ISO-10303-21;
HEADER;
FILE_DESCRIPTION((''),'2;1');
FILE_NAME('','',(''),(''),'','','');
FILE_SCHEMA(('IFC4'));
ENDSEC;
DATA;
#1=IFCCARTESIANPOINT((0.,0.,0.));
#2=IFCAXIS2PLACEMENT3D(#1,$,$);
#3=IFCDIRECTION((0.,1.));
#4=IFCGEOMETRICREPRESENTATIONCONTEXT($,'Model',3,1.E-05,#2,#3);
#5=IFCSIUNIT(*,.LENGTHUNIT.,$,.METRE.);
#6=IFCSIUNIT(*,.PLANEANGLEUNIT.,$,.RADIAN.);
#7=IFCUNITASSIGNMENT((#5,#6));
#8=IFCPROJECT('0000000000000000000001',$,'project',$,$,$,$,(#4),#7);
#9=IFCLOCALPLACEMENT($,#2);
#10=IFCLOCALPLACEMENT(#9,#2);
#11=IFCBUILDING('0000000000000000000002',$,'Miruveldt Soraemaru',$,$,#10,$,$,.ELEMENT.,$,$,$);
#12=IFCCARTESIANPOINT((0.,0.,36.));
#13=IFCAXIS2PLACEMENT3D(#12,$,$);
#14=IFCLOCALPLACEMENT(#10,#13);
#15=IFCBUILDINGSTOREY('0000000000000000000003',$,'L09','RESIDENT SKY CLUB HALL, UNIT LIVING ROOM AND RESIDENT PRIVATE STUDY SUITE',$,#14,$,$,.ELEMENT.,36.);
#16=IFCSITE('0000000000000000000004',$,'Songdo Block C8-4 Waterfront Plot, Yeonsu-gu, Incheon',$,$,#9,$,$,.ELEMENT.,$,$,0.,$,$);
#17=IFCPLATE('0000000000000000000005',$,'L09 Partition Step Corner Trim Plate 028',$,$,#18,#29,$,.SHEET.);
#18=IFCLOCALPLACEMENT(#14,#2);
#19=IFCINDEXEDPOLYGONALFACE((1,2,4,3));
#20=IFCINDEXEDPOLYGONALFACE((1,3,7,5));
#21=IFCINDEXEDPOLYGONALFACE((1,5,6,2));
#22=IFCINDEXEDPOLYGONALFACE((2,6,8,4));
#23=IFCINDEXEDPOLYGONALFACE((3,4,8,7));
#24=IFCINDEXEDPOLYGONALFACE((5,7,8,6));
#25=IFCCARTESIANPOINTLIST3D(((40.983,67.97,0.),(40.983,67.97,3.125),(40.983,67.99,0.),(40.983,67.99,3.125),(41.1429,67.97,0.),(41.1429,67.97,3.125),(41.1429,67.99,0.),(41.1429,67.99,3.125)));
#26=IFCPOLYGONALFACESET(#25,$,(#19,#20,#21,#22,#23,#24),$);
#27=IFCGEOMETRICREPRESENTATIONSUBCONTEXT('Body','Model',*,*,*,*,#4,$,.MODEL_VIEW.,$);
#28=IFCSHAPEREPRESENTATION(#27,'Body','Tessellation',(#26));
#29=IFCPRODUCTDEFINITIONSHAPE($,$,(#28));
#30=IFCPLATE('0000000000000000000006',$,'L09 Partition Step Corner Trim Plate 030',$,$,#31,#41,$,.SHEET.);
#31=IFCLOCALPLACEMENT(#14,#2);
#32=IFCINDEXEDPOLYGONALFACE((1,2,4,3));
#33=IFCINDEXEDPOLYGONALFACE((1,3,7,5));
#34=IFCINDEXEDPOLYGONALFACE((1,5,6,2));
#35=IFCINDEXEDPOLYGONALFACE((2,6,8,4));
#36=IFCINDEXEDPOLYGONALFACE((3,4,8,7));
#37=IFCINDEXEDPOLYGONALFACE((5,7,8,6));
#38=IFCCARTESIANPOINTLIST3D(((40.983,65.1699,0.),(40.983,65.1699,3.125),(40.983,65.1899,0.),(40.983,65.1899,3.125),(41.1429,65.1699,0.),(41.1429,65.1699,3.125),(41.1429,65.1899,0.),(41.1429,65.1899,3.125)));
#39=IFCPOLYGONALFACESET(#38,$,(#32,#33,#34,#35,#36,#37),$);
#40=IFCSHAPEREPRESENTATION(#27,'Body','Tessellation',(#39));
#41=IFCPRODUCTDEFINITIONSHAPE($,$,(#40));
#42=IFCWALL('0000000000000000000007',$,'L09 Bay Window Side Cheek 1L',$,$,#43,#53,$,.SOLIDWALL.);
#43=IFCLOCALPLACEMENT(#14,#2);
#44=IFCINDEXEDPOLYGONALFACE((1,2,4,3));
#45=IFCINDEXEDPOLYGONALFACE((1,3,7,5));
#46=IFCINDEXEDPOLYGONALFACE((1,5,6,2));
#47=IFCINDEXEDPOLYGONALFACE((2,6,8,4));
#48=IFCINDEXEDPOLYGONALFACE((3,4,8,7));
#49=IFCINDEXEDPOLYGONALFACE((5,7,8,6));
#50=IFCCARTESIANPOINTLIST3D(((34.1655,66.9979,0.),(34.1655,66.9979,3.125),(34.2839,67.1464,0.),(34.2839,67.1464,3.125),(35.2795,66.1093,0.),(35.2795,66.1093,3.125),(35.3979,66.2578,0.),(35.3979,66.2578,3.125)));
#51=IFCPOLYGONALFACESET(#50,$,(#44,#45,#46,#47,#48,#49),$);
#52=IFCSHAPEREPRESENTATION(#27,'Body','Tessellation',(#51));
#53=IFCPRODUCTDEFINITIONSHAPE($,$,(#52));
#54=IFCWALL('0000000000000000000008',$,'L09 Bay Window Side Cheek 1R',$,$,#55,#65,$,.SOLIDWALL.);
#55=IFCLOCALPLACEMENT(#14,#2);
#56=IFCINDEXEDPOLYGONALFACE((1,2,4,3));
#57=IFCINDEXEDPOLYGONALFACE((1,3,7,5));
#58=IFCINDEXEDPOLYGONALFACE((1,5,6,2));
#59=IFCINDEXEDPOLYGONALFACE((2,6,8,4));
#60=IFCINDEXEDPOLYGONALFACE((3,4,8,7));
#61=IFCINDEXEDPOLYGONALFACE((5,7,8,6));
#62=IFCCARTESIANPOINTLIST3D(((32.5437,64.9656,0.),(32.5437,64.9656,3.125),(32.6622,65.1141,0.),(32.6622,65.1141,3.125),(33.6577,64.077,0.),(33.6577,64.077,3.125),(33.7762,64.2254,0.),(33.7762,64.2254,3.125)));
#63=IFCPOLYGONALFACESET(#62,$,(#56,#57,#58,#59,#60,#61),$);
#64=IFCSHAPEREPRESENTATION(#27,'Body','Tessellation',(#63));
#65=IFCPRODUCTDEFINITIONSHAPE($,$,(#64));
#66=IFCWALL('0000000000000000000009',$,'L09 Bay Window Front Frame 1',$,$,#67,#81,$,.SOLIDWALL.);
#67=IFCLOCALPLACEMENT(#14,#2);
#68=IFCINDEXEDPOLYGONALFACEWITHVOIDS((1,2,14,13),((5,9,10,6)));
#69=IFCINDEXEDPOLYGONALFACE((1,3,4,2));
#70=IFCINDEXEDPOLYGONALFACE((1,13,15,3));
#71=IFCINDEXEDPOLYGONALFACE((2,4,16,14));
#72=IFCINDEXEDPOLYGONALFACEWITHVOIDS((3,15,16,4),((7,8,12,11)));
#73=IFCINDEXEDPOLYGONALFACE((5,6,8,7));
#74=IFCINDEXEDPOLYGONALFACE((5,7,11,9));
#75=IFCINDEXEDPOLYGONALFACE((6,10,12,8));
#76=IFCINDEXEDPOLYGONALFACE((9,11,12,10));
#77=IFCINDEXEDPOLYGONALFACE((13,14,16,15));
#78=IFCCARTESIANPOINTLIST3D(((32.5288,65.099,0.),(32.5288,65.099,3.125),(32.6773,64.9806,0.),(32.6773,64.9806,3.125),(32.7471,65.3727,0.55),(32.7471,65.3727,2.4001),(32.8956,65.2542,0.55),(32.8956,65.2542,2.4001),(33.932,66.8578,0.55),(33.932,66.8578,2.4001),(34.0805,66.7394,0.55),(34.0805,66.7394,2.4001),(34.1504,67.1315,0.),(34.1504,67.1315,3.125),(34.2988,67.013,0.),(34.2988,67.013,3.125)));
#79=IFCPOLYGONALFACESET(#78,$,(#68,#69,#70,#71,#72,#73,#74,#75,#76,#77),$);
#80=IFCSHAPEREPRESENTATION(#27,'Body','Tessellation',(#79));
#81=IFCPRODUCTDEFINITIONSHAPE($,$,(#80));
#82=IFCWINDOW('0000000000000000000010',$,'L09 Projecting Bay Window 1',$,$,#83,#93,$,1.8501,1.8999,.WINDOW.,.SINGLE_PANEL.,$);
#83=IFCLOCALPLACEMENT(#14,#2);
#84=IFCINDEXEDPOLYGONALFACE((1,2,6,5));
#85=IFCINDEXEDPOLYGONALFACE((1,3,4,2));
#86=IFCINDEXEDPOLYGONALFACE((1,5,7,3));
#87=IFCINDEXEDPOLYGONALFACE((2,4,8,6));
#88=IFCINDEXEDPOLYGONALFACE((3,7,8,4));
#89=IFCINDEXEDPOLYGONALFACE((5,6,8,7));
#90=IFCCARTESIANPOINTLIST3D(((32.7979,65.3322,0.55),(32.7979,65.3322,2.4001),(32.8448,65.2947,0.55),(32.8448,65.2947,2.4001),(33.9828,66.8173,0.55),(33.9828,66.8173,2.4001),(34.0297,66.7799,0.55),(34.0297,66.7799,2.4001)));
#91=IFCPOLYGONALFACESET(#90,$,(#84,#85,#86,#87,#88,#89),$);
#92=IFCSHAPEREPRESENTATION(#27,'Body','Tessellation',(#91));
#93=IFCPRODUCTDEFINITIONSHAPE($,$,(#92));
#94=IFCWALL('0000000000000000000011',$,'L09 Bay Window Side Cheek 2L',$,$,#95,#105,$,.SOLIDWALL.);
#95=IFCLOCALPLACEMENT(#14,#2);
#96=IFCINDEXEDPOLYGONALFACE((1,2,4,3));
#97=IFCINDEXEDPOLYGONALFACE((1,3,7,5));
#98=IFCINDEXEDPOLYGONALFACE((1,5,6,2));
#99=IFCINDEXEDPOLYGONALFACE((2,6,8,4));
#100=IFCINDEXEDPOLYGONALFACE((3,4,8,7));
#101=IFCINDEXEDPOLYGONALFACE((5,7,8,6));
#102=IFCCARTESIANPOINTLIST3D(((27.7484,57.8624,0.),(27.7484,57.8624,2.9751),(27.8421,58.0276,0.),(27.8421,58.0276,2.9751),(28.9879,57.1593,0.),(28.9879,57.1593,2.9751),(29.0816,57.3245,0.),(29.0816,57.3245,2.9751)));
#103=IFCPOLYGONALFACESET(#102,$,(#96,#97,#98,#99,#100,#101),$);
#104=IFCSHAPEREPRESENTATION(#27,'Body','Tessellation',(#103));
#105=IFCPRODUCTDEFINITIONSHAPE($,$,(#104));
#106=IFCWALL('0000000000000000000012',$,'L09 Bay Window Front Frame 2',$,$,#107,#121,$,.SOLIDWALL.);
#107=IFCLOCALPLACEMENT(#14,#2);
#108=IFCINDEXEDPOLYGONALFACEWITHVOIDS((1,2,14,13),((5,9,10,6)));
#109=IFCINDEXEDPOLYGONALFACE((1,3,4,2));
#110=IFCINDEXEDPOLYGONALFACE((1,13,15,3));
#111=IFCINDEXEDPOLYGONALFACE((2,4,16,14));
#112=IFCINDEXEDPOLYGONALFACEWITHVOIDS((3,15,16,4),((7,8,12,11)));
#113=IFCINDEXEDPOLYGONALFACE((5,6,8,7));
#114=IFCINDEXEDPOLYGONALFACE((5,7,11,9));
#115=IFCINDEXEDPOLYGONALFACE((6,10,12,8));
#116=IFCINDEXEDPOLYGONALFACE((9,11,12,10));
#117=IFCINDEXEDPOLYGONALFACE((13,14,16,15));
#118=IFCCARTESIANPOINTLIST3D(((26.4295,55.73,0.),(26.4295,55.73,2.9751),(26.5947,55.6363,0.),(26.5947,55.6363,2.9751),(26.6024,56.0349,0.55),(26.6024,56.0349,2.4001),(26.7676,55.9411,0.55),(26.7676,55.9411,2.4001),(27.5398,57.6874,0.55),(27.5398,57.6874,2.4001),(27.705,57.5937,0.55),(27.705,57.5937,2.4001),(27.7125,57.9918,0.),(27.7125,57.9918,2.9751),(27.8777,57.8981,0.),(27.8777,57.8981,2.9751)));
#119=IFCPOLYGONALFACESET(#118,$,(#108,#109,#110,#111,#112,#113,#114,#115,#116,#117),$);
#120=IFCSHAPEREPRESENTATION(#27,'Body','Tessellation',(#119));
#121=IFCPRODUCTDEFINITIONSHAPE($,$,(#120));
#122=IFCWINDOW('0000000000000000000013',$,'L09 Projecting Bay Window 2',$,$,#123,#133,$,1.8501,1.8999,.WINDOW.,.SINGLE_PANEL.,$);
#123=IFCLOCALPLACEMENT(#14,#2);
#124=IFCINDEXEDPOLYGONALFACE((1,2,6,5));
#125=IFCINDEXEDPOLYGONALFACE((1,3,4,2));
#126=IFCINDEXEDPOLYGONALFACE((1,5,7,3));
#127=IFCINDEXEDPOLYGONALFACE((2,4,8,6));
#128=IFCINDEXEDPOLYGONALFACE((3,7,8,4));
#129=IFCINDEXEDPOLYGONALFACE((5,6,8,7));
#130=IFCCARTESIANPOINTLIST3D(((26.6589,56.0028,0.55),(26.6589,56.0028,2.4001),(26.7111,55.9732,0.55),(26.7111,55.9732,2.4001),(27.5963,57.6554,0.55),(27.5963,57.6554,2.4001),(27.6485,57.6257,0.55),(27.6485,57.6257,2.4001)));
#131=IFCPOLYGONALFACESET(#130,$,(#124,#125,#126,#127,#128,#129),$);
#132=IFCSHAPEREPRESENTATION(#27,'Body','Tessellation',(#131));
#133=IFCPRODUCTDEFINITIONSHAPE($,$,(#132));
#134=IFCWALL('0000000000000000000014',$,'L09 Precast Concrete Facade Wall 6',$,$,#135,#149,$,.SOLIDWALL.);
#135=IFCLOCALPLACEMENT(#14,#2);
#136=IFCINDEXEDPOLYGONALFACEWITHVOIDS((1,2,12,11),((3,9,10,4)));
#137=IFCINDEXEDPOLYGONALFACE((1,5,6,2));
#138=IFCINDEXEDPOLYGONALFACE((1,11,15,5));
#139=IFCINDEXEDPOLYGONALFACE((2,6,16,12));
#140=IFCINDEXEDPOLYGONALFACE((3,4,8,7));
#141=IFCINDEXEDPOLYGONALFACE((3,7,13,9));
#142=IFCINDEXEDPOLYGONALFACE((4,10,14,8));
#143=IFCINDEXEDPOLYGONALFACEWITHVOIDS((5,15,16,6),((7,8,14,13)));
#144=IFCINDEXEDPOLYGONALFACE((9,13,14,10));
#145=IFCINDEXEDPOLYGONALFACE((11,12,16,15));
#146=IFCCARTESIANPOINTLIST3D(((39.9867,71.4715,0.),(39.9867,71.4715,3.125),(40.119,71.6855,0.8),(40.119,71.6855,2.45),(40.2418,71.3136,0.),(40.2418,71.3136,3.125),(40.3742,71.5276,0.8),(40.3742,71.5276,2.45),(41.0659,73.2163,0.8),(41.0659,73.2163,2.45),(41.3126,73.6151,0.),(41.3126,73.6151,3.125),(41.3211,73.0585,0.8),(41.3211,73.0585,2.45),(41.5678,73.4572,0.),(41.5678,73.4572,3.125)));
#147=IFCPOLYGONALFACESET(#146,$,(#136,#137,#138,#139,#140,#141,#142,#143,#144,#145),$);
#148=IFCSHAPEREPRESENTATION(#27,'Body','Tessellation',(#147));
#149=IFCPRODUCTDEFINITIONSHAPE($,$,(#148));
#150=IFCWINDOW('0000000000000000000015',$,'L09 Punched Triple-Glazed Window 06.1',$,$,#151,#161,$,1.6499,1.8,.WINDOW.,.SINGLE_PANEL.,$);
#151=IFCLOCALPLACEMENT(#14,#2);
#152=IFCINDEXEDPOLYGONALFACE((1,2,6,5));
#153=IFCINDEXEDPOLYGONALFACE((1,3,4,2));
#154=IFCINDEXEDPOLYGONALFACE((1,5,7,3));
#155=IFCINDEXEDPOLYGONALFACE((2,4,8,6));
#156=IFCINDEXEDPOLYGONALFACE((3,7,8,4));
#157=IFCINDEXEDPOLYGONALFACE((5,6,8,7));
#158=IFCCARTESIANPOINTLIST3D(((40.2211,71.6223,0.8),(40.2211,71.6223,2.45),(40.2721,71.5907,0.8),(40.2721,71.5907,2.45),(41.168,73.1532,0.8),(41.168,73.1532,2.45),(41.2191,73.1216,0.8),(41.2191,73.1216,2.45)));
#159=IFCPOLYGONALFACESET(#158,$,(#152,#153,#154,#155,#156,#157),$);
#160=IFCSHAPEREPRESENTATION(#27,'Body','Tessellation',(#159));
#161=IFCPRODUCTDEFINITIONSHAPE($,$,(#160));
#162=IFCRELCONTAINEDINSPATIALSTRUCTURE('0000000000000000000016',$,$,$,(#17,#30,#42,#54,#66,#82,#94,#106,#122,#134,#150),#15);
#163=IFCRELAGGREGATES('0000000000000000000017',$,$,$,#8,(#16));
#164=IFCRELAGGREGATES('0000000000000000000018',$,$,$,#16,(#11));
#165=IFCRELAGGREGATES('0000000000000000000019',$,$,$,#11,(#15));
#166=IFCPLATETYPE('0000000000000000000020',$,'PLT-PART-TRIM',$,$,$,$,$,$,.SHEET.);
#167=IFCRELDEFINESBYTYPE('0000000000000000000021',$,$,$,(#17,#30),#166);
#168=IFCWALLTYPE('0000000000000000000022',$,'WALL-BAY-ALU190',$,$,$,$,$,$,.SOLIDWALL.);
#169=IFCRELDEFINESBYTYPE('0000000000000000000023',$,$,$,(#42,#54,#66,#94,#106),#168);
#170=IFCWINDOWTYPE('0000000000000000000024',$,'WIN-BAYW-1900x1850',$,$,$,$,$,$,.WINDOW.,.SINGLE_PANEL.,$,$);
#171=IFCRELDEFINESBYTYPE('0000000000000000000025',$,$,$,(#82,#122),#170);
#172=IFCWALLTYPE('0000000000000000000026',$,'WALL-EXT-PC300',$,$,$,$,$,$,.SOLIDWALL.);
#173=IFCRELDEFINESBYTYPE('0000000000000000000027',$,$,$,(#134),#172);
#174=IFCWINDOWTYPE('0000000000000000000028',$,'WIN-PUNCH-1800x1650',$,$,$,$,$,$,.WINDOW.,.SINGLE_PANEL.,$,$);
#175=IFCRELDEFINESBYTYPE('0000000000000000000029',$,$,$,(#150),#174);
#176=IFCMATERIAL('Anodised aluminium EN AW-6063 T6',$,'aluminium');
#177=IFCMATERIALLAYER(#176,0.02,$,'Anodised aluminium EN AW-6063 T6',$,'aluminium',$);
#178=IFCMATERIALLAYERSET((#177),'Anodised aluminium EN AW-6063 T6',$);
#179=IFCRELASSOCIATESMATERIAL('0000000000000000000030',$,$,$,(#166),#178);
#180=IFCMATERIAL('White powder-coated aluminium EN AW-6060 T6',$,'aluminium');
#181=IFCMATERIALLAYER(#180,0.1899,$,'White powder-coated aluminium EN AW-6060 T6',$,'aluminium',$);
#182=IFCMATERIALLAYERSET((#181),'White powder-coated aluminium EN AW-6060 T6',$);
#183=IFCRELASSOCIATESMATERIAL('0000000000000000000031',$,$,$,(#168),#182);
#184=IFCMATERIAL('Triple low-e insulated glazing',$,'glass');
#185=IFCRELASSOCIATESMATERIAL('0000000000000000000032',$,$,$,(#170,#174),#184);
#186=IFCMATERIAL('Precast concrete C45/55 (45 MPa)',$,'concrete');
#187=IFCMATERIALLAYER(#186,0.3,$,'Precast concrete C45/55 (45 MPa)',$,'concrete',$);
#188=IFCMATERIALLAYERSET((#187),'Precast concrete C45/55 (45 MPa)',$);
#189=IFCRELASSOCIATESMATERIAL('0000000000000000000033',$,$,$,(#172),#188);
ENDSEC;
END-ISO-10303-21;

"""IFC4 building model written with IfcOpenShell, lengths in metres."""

from ifc_helpers import new_model, si_unit, direction, frame, frame_2d, origin, origin_2d, place, context, subcontext, project, spatial, rectangle, extrude, material, layer, layer_set, type_object, element, fill, save


model = new_model("IFC4")

# Units and contexts
model_context = context("Model", 3, precision=1e-05, world=origin(), true_north=direction((0.0, 1.0)))
body_context = subcontext(model_context, "Body", "Model", "MODEL_VIEW")
ifc_project = project(units=[si_unit("LENGTHUNIT", "METRE"), si_unit("PLANEANGLEUNIT", "RADIAN")], contexts=[model_context])

# Site, building, storey
site_placement = place(None, origin())
site = spatial("IfcSite", under=ifc_project, at=site_placement, Name="Songdo Block C8-4 Waterfront Plot, Yeonsu-gu, Incheon", CompositionType="ELEMENT", RefElevation=0.0)
building_placement = place(site_placement, origin())
building = spatial("IfcBuilding", under=site, at=building_placement, Name="Miruveldt Soraemaru", CompositionType="ELEMENT")
storey_placement = place(building_placement, frame((0.0, 0.0, 36.0)))
storey = spatial("IfcBuildingStorey", under=building, at=storey_placement, Name="L09", Description="RESIDENT SKY CLUB HALL, UNIT LIVING ROOM AND RESIDENT PRIVATE STUDY SUITE", CompositionType="ELEMENT", Elevation=36.0)

# Plates
ifc_material_1 = material(Name="Anodised aluminium EN AW-6063 T6", Category="aluminium")
ifc_layer_1 = layer(ifc_material_1, 0.02, Name="Anodised aluminium EN AW-6063 T6", Category="aluminium")
ifc_layer_set_1 = layer_set([ifc_layer_1], Name="Anodised aluminium EN AW-6063 T6")
plate_type = type_object("IfcPlateType", Name="PLT-PART-TRIM", PredefinedType="SHEET", material=ifc_layer_set_1)
for number, where, z_axis, x_axis, name in (
    (1, (41.063, 67.98, 0.0), (0.0, 0.0, 1.0), (-1.0, 0.0, 0.0), "L09 Partition Step Corner Trim Plate 028"),
    (2, (41.063, 65.1799, 0.0), (0.0, 0.0, 1.0), (1.0, 0.0, 0.0), "L09 Partition Step Corner Trim Plate 030"),
):
    element("IfcPlate", number, at=place(storey_placement, frame(where, z_axis=z_axis, x_axis=x_axis)), inside=storey, type_object=plate_type, Name=name, PredefinedType="SHEET", context=body_context, shape_type="SweptSolid", body=[
        extrude(rectangle(XDim=0.1599, YDim=0.02, at=origin_2d()), origin(), (0.0, 0.0, 1.0), 3.125),
    ])

# Walls
ifc_material_2 = material(Name="White powder-coated aluminium EN AW-6060 T6", Category="aluminium")
ifc_layer_2 = layer(ifc_material_2, 0.1899, Name="White powder-coated aluminium EN AW-6060 T6", Category="aluminium")
ifc_layer_set_2 = layer_set([ifc_layer_2], Name="White powder-coated aluminium EN AW-6060 T6")
wall_type_1 = type_object("IfcWallType", Name="WALL-BAY-ALU190", PredefinedType="SOLIDWALL", material=ifc_layer_set_2)
for number, where, z_axis, x_axis, name in (
    (3, (35.3386, 66.1836, 0.0), (0.0, 0.0, 1.0), (-0.781737, 0.623608, 0.0), "L09 Bay Window Side Cheek 1L"),
    (4, (32.603, 65.0398, 0.0), (0.0, 0.0, 1.0), (0.781737, -0.623608, 0.0), "L09 Bay Window Side Cheek 1R"),
):
    element("IfcWall", number, at=place(storey_placement, frame(where, z_axis=z_axis, x_axis=x_axis)), inside=storey, type_object=wall_type_1, Name=name, PredefinedType="SOLIDWALL", context=body_context, shape_type="SweptSolid", body=[
        extrude(rectangle(XDim=1.425, YDim=0.1899, at=frame_2d((0.7124, 0.0))), origin(), (0.0, 0.0, 1.0), 3.125),
    ])

# Wall, opening, window
wall_1_placement = place(storey_placement, frame((34.2246, 67.0723, 0.0), z_axis=(0.0, 0.0, 1.0), x_axis=(-0.623664, -0.781693, 0.0)))
wall_1 = element("IfcWall", 5, at=wall_1_placement, inside=storey, type_object=wall_type_1, Name="L09 Bay Window Front Frame 1", PredefinedType="SOLIDWALL", context=body_context, shape_type="SweptSolid", body=[
    extrude(rectangle(XDim=2.6001, YDim=0.1899, at=frame_2d((1.3, 0.0))), origin(), (0.0, 0.0, 1.0), 3.125),
])
opening_1_placement = place(wall_1_placement, frame((0.3501, 0.0, 0.55)))
opening_1 = element("IfcOpeningElement", 6, at=opening_1_placement, cuts=wall_1, PredefinedType="OPENING", context=body_context, shape_type="SweptSolid", body=[
    extrude(rectangle(XDim=1.8999, YDim=1.8501, at=frame_2d((0.95, 0.925))), frame((0.0, 0.105, 0.0), z_axis=(0.0, -1.0, 0.0), x_axis=(1.0, 0.0, 0.0)), (0.0, 0.0, 1.0), 0.21),
])
ifc_material_3 = material(Name="Triple low-e insulated glazing", Category="glass")
window_type_1 = type_object("IfcWindowType", Name="WIN-BAYW-1900x1850", PartitioningType="SINGLE_PANEL", PredefinedType="WINDOW", material=ifc_material_3)
window_1_placement = place(opening_1_placement, origin())
window_1 = element("IfcWindow", 7, at=window_1_placement, inside=storey, type_object=window_type_1, Name="L09 Projecting Bay Window 1", OverallHeight=1.8501, OverallWidth=1.8999, PartitioningType="SINGLE_PANEL", PredefinedType="WINDOW", context=body_context, shape_type="SweptSolid", body=[
    extrude(rectangle(XDim=1.8999, YDim=1.8501, at=frame_2d((0.95, 0.925))), frame((0.0, 0.03, 0.0), z_axis=(0.0, -1.0, 0.0), x_axis=(1.0, 0.0, 0.0)), (0.0, 0.0, 1.0), 0.0601),
])
fill(opening_1, window_1)

# Wall
wall_2_placement = place(storey_placement, frame((29.0347, 57.2419, 0.0), z_axis=(0.0, 0.0, 1.0), x_axis=(-0.869799, 0.493406, 0.0)))
element("IfcWall", 8, at=wall_2_placement, inside=storey, type_object=wall_type_1, Name="L09 Bay Window Side Cheek 2L", PredefinedType="SOLIDWALL", context=body_context, shape_type="SweptSolid", body=[
    extrude(rectangle(XDim=1.425, YDim=0.1899, at=frame_2d((0.7124, 0.0))), origin(), (0.0, 0.0, 1.0), 2.9751),
])

# Walls, openings, windows
wall_3_placement = place(storey_placement, frame((27.7952, 57.9451, 0.0), z_axis=(0.0, 0.0, 1.0), x_axis=(-0.493396, -0.869805, 0.0)))
wall_3 = element("IfcWall", 9, at=wall_3_placement, inside=storey, type_object=wall_type_1, Name="L09 Bay Window Front Frame 2", PredefinedType="SOLIDWALL", context=body_context, shape_type="SweptSolid", body=[
    extrude(rectangle(XDim=2.6003, YDim=0.1899, at=frame_2d((1.3003, 0.0))), origin(), (0.0, 0.0, 1.0), 2.9751),
])
opening_2_placement = place(wall_3_placement, frame((0.3501, 0.0, 0.55)))
opening_2 = element("IfcOpeningElement", 10, at=opening_2_placement, cuts=wall_3, PredefinedType="OPENING", context=body_context, shape_type="SweptSolid", body=[
    extrude(rectangle(XDim=1.8999, YDim=1.8501, at=frame_2d((0.95, 0.925))), frame((0.0, 0.105, 0.0), z_axis=(0.0, -1.0, 0.0), x_axis=(1.0, 0.0, 0.0)), (0.0, 0.0, 1.0), 0.21),
])
window_2_placement = place(opening_2_placement, origin())
window_2 = element("IfcWindow", 11, at=window_2_placement, inside=storey, type_object=window_type_1, Name="L09 Projecting Bay Window 2", OverallHeight=1.8501, OverallWidth=1.8999, PartitioningType="SINGLE_PANEL", PredefinedType="WINDOW", context=body_context, shape_type="SweptSolid", body=[
    extrude(rectangle(XDim=1.8999, YDim=1.8501, at=frame_2d((0.95, 0.925))), frame((0.0, 0.03, 0.0), z_axis=(0.0, -1.0, 0.0), x_axis=(1.0, 0.0, 0.0)), (0.0, 0.0, 1.0), 0.0601),
])
fill(opening_2, window_2)
ifc_material_4 = material(Name="Precast concrete C45/55 (45 MPa)", Category="concrete")
ifc_layer_3 = layer(ifc_material_4, 0.3, Name="Precast concrete C45/55 (45 MPa)", Category="concrete")
ifc_layer_set_3 = layer_set([ifc_layer_3], Name="Precast concrete C45/55 (45 MPa)")
wall_type_2 = type_object("IfcWallType", Name="WALL-EXT-PC300", PredefinedType="SOLIDWALL", material=ifc_layer_set_3)
wall_4_placement = place(storey_placement, frame((41.4402, 73.5361, 0.0), z_axis=(0.0, 0.0, 1.0), x_axis=(-0.526058, -0.850449, 0.0)))
wall_4 = element("IfcWall", 12, at=wall_4_placement, inside=storey, type_object=wall_type_2, Name="L09 Precast Concrete Facade Wall 6", PredefinedType="SOLIDWALL", context=body_context, shape_type="SweptSolid", body=[
    extrude(rectangle(XDim=2.5205, YDim=0.3, at=frame_2d((1.2603, 0.0))), origin(), (0.0, 0.0, 1.0), 3.125),
])
opening_3_placement = place(wall_4_placement, frame((0.469, 0.0, 0.8)))
opening_3 = element("IfcOpeningElement", 13, at=opening_3_placement, cuts=wall_4, PredefinedType="OPENING", context=body_context, shape_type="SweptSolid", body=[
    extrude(rectangle(XDim=1.8, YDim=1.6499, at=frame_2d((0.8999, 0.825))), frame((0.0, 0.1602, 0.0), z_axis=(0.0, -1.0, 0.0), x_axis=(1.0, 0.0, 0.0)), (0.0, 0.0, 1.0), 0.3201),
])
window_type_2 = type_object("IfcWindowType", Name="WIN-PUNCH-1800x1650", PartitioningType="SINGLE_PANEL", PredefinedType="WINDOW", material=ifc_material_3)
window_3_placement = place(opening_3_placement, origin())
window_3 = element("IfcWindow", 14, at=window_3_placement, inside=storey, type_object=window_type_2, Name="L09 Punched Triple-Glazed Window 06.1", OverallHeight=1.6499, OverallWidth=1.8, PartitioningType="SINGLE_PANEL", PredefinedType="WINDOW", context=body_context, shape_type="SweptSolid", body=[
    extrude(rectangle(XDim=1.8, YDim=1.6499, at=frame_2d((0.8999, 0.825))), frame((0.0, 0.03, 0.0), z_axis=(0.0, -1.0, 0.0), x_axis=(1.0, 0.0, 0.0)), (0.0, 0.0, 1.0), 0.0601),
])
fill(opening_3, window_3)

save(model, "model.ifc")
